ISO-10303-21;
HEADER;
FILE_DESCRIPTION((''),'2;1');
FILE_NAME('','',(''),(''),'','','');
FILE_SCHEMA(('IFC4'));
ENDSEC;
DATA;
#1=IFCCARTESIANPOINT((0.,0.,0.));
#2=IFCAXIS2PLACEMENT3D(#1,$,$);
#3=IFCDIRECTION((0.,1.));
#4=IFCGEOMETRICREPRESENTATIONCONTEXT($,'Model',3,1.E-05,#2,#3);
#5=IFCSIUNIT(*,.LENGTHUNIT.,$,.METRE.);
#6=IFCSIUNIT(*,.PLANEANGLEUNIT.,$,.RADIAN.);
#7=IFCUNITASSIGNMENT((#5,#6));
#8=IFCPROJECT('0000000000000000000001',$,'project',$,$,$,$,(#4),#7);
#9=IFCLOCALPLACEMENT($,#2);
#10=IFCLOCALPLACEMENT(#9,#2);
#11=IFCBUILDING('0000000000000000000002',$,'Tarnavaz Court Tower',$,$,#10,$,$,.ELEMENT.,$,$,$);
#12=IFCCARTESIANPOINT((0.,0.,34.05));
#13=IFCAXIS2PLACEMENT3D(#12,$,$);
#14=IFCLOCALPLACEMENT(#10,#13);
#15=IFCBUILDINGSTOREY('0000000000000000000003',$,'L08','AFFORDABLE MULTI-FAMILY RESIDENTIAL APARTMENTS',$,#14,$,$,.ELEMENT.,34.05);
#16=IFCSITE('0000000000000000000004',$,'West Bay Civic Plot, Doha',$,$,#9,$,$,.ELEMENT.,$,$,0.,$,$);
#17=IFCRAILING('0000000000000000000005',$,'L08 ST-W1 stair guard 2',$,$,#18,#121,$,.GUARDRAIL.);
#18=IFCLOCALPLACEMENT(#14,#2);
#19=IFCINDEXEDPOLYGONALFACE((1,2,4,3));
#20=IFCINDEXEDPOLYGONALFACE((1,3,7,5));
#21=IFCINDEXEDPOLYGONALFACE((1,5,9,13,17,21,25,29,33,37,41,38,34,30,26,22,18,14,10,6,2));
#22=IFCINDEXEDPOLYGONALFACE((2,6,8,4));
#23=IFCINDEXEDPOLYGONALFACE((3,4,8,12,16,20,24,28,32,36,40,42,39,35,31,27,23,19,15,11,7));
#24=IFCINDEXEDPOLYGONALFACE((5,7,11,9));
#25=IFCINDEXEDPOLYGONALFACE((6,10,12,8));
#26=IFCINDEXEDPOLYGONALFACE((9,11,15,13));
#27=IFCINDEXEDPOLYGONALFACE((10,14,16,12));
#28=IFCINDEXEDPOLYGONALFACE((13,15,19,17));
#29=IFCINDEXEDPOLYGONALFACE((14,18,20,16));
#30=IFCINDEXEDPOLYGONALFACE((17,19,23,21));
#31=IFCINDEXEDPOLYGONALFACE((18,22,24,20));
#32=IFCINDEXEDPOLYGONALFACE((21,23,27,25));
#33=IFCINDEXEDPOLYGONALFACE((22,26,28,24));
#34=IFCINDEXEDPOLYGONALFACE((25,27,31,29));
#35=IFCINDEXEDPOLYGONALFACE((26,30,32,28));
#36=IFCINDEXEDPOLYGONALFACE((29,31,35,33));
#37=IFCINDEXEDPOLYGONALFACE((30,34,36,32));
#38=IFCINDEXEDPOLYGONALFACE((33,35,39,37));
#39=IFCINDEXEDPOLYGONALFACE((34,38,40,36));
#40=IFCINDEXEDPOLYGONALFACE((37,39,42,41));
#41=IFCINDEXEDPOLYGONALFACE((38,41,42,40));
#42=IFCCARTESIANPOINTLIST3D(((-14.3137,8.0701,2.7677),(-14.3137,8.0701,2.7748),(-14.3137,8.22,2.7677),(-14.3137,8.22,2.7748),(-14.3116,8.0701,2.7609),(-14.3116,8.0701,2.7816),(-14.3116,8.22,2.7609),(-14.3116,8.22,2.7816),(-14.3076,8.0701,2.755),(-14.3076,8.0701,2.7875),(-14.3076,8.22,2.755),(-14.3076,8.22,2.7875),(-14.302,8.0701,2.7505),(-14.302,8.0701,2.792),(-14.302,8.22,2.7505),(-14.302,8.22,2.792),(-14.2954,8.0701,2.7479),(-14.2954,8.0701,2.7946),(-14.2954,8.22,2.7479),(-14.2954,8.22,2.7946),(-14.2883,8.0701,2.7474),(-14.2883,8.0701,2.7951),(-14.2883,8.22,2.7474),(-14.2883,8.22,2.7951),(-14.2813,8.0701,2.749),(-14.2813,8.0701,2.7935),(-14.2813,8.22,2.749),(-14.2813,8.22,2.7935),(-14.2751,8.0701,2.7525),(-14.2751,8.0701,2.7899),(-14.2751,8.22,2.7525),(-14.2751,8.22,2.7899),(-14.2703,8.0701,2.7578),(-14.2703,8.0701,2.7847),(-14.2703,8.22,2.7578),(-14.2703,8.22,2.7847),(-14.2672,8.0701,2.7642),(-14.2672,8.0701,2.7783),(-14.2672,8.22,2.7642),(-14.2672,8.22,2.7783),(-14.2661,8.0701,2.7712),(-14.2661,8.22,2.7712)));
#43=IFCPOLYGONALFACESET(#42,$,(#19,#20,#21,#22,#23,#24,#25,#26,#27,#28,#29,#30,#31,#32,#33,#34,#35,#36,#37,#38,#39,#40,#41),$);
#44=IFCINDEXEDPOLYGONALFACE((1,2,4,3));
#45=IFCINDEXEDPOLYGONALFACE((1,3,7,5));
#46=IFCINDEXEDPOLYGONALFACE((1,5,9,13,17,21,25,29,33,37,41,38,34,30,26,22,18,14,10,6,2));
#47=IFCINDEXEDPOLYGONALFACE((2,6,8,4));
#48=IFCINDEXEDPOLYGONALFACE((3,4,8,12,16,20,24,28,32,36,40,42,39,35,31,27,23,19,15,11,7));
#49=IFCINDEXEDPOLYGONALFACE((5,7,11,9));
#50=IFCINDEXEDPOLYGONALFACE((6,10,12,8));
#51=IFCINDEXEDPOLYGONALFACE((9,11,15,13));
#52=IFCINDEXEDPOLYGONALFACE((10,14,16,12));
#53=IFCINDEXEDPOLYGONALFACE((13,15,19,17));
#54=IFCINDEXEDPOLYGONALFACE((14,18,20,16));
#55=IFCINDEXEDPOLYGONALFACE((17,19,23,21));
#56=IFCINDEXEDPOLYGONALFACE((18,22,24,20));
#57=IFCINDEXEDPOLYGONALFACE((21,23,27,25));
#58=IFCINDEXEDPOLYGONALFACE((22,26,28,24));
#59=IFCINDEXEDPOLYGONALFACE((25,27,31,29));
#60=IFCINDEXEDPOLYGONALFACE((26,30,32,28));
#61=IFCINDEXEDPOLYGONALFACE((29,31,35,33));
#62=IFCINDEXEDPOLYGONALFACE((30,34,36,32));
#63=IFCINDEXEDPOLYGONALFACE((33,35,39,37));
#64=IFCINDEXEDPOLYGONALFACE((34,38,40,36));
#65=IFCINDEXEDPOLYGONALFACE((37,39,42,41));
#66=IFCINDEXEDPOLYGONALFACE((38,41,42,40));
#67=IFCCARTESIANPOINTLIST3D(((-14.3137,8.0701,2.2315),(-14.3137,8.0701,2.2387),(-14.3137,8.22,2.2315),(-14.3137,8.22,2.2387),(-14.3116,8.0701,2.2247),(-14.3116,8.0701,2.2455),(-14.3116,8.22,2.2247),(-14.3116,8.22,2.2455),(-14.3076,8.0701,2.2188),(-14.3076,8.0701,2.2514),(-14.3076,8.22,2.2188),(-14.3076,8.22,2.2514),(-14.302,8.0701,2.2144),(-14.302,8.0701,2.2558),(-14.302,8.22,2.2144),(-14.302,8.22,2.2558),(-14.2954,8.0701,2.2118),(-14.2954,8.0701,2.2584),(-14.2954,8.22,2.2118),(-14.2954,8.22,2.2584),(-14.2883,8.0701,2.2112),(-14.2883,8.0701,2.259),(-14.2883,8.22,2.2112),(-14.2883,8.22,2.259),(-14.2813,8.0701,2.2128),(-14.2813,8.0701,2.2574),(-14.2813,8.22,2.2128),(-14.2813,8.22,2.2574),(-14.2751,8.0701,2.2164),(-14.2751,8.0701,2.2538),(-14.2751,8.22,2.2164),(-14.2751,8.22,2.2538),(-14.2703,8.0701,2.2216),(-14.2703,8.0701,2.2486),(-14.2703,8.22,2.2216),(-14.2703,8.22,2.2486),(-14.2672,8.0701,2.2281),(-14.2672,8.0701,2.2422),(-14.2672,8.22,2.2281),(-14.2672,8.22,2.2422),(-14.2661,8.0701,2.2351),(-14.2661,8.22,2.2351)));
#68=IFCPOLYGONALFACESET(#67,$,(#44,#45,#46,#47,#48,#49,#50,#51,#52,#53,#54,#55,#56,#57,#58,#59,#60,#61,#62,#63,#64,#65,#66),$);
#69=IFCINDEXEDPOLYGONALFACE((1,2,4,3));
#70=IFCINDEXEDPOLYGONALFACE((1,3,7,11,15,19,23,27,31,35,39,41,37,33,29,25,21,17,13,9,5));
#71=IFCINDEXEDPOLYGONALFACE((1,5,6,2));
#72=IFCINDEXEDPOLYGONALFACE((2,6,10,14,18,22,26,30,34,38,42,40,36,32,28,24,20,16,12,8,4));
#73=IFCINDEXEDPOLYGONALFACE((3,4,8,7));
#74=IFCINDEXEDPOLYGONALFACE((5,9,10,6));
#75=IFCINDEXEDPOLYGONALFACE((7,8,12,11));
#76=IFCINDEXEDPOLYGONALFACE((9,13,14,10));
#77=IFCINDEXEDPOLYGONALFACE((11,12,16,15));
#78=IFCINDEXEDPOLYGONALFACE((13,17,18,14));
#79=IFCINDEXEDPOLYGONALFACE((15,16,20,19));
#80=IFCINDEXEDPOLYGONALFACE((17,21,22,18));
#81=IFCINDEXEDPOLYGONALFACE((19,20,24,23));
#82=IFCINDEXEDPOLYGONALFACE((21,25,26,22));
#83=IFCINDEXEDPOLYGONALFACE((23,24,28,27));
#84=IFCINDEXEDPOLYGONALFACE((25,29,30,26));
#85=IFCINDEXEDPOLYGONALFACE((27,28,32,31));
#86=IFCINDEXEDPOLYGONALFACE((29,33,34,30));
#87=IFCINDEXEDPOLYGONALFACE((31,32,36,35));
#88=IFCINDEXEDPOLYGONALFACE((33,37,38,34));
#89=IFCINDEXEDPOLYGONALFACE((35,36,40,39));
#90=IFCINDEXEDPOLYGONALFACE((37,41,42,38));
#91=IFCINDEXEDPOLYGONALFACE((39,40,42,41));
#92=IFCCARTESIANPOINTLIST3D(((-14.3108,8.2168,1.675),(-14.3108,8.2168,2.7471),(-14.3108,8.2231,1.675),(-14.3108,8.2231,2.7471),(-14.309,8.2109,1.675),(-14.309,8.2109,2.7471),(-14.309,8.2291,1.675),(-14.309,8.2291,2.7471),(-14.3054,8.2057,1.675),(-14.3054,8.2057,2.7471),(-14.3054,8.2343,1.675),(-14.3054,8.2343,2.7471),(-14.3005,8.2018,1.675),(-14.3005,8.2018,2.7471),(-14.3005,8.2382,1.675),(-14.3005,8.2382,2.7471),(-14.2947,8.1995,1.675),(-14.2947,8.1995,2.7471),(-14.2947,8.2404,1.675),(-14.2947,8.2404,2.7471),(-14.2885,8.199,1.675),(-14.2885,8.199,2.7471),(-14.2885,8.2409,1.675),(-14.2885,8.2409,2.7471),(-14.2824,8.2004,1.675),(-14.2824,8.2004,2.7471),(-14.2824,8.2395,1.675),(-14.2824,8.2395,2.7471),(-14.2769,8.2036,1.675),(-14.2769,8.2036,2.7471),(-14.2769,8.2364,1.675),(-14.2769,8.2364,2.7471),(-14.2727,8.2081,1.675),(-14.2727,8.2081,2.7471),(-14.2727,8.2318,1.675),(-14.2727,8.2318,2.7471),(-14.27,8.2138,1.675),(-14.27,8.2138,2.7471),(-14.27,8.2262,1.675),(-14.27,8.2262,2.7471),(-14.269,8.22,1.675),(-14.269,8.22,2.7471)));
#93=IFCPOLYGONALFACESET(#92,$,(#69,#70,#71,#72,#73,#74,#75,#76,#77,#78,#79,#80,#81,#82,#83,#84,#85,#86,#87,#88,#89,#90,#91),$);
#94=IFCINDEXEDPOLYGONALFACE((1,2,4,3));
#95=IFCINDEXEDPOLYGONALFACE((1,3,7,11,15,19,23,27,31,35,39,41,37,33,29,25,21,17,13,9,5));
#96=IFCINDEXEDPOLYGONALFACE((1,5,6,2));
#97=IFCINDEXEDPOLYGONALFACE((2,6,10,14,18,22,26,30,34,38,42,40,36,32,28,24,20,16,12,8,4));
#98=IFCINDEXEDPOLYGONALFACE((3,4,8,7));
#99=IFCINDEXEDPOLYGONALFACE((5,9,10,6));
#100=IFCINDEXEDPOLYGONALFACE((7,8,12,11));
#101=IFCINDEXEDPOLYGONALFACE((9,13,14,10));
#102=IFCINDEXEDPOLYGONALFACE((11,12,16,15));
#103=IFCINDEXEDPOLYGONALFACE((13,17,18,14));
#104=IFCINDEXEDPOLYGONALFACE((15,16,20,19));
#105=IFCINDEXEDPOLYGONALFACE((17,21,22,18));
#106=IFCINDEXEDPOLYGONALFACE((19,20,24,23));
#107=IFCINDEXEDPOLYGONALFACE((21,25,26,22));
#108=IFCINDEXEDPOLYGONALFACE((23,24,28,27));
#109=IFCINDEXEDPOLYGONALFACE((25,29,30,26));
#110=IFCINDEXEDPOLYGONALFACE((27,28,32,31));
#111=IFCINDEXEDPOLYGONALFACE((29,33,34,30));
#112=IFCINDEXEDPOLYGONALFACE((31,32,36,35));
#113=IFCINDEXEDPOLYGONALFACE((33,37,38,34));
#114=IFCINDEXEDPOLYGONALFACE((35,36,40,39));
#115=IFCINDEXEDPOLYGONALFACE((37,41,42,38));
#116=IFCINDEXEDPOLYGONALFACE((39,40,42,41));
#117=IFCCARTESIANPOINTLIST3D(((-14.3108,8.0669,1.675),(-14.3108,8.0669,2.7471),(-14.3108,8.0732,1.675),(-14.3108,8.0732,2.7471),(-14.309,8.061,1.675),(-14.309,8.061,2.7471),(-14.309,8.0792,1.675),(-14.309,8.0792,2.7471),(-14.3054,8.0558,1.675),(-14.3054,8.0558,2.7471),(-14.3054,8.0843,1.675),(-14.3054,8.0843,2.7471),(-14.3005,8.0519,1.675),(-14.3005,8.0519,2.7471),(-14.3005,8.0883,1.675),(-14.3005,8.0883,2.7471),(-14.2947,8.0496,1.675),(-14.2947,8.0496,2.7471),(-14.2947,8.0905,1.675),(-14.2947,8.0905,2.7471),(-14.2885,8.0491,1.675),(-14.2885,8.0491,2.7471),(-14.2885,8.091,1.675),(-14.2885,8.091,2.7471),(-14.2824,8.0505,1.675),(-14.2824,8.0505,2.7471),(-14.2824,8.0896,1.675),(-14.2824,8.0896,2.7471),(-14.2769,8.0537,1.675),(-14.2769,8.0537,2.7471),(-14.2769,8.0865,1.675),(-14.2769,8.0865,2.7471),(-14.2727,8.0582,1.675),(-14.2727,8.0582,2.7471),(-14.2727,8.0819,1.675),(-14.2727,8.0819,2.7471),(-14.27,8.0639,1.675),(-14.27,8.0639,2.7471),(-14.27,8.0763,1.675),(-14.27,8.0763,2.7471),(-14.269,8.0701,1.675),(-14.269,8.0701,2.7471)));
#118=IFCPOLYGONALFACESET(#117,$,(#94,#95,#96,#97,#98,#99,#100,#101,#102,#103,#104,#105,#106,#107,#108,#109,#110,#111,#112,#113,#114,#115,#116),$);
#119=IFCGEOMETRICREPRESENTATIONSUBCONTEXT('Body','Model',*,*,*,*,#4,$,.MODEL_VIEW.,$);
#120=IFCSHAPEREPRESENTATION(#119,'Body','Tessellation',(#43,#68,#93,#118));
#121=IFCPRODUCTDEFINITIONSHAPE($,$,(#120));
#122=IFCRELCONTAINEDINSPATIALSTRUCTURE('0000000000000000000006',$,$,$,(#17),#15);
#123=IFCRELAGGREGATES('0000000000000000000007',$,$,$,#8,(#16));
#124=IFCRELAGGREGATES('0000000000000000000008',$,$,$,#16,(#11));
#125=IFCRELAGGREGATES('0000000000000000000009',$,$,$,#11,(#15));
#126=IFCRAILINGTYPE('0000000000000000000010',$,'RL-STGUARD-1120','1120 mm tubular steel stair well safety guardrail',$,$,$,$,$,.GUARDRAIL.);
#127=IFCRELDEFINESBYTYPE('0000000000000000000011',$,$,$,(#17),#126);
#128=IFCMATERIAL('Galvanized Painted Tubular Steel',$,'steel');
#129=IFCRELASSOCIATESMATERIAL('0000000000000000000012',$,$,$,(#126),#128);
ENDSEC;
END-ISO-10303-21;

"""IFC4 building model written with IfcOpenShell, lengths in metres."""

from ifc_helpers import new_model, si_unit, direction, frame, origin, origin_2d, place, context, subcontext, project, spatial, circle, extrude, material, type_object, element, save


model = new_model("IFC4")

# Units and contexts
model_context = context("Model", 3, precision=1e-05, world=origin(), true_north=direction((0.0, 1.0)))
body_context = subcontext(model_context, "Body", "Model", "MODEL_VIEW")
ifc_project = project(units=[si_unit("LENGTHUNIT", "METRE"), si_unit("PLANEANGLEUNIT", "RADIAN")], contexts=[model_context])

# Site, building, storey
site_placement = place(None, origin())
site = spatial("IfcSite", under=ifc_project, at=site_placement, Name="West Bay Civic Plot, Doha", CompositionType="ELEMENT", RefElevation=0.0)
building_placement = place(site_placement, origin())
building = spatial("IfcBuilding", under=site, at=building_placement, Name="Tarnavaz Court Tower", CompositionType="ELEMENT")
storey_placement = place(building_placement, frame((0.0, 0.0, 34.05)))
storey = spatial("IfcBuildingStorey", under=building, at=storey_placement, Name="L08", Description="AFFORDABLE MULTI-FAMILY RESIDENTIAL APARTMENTS", CompositionType="ELEMENT", Elevation=34.05)

# Railing
ifc_material_1 = material(Name="Galvanized Painted Tubular Steel", Category="steel")
railing_type_1 = type_object("IfcRailingType", Name="RL-STGUARD-1120", Description="1120 mm tubular steel stair well safety guardrail", PredefinedType="GUARDRAIL", material=ifc_material_1)
railing_1_placement = place(storey_placement, frame((-14.29, 8.22, 1.675)))
element("IfcRailing", 1, at=railing_1_placement, inside=storey, type_object=railing_type_1, Name="L08 ST-W1 stair guard 2", PredefinedType="GUARDRAIL", context=body_context, shape_type="SweptSolid", body=[
    extrude(circle(Radius=0.0239, at=origin_2d()), frame((0.0, 0.0, 1.0962), z_axis=(0.0, -1.0, 0.0), x_axis=(1.0, 0.0, 0.0)), (0.0, 0.0, 1.0), 0.1499),
    extrude(circle(Radius=0.0239, at=origin_2d()), frame((0.0, 0.0, 0.5601), z_axis=(0.0, -1.0, 0.0), x_axis=(1.0, 0.0, 0.0)), (0.0, 0.0, 1.0), 0.1499),
    extrude(circle(Radius=0.021, at=origin_2d()), origin(), (0.0, 0.0, 1.0), 1.072),
    extrude(circle(Radius=0.021, at=origin_2d()), frame((0.0, -0.1499, 0.0)), (0.0, 0.0, 1.0), 1.072),
])

save(model, "model.ifc")
